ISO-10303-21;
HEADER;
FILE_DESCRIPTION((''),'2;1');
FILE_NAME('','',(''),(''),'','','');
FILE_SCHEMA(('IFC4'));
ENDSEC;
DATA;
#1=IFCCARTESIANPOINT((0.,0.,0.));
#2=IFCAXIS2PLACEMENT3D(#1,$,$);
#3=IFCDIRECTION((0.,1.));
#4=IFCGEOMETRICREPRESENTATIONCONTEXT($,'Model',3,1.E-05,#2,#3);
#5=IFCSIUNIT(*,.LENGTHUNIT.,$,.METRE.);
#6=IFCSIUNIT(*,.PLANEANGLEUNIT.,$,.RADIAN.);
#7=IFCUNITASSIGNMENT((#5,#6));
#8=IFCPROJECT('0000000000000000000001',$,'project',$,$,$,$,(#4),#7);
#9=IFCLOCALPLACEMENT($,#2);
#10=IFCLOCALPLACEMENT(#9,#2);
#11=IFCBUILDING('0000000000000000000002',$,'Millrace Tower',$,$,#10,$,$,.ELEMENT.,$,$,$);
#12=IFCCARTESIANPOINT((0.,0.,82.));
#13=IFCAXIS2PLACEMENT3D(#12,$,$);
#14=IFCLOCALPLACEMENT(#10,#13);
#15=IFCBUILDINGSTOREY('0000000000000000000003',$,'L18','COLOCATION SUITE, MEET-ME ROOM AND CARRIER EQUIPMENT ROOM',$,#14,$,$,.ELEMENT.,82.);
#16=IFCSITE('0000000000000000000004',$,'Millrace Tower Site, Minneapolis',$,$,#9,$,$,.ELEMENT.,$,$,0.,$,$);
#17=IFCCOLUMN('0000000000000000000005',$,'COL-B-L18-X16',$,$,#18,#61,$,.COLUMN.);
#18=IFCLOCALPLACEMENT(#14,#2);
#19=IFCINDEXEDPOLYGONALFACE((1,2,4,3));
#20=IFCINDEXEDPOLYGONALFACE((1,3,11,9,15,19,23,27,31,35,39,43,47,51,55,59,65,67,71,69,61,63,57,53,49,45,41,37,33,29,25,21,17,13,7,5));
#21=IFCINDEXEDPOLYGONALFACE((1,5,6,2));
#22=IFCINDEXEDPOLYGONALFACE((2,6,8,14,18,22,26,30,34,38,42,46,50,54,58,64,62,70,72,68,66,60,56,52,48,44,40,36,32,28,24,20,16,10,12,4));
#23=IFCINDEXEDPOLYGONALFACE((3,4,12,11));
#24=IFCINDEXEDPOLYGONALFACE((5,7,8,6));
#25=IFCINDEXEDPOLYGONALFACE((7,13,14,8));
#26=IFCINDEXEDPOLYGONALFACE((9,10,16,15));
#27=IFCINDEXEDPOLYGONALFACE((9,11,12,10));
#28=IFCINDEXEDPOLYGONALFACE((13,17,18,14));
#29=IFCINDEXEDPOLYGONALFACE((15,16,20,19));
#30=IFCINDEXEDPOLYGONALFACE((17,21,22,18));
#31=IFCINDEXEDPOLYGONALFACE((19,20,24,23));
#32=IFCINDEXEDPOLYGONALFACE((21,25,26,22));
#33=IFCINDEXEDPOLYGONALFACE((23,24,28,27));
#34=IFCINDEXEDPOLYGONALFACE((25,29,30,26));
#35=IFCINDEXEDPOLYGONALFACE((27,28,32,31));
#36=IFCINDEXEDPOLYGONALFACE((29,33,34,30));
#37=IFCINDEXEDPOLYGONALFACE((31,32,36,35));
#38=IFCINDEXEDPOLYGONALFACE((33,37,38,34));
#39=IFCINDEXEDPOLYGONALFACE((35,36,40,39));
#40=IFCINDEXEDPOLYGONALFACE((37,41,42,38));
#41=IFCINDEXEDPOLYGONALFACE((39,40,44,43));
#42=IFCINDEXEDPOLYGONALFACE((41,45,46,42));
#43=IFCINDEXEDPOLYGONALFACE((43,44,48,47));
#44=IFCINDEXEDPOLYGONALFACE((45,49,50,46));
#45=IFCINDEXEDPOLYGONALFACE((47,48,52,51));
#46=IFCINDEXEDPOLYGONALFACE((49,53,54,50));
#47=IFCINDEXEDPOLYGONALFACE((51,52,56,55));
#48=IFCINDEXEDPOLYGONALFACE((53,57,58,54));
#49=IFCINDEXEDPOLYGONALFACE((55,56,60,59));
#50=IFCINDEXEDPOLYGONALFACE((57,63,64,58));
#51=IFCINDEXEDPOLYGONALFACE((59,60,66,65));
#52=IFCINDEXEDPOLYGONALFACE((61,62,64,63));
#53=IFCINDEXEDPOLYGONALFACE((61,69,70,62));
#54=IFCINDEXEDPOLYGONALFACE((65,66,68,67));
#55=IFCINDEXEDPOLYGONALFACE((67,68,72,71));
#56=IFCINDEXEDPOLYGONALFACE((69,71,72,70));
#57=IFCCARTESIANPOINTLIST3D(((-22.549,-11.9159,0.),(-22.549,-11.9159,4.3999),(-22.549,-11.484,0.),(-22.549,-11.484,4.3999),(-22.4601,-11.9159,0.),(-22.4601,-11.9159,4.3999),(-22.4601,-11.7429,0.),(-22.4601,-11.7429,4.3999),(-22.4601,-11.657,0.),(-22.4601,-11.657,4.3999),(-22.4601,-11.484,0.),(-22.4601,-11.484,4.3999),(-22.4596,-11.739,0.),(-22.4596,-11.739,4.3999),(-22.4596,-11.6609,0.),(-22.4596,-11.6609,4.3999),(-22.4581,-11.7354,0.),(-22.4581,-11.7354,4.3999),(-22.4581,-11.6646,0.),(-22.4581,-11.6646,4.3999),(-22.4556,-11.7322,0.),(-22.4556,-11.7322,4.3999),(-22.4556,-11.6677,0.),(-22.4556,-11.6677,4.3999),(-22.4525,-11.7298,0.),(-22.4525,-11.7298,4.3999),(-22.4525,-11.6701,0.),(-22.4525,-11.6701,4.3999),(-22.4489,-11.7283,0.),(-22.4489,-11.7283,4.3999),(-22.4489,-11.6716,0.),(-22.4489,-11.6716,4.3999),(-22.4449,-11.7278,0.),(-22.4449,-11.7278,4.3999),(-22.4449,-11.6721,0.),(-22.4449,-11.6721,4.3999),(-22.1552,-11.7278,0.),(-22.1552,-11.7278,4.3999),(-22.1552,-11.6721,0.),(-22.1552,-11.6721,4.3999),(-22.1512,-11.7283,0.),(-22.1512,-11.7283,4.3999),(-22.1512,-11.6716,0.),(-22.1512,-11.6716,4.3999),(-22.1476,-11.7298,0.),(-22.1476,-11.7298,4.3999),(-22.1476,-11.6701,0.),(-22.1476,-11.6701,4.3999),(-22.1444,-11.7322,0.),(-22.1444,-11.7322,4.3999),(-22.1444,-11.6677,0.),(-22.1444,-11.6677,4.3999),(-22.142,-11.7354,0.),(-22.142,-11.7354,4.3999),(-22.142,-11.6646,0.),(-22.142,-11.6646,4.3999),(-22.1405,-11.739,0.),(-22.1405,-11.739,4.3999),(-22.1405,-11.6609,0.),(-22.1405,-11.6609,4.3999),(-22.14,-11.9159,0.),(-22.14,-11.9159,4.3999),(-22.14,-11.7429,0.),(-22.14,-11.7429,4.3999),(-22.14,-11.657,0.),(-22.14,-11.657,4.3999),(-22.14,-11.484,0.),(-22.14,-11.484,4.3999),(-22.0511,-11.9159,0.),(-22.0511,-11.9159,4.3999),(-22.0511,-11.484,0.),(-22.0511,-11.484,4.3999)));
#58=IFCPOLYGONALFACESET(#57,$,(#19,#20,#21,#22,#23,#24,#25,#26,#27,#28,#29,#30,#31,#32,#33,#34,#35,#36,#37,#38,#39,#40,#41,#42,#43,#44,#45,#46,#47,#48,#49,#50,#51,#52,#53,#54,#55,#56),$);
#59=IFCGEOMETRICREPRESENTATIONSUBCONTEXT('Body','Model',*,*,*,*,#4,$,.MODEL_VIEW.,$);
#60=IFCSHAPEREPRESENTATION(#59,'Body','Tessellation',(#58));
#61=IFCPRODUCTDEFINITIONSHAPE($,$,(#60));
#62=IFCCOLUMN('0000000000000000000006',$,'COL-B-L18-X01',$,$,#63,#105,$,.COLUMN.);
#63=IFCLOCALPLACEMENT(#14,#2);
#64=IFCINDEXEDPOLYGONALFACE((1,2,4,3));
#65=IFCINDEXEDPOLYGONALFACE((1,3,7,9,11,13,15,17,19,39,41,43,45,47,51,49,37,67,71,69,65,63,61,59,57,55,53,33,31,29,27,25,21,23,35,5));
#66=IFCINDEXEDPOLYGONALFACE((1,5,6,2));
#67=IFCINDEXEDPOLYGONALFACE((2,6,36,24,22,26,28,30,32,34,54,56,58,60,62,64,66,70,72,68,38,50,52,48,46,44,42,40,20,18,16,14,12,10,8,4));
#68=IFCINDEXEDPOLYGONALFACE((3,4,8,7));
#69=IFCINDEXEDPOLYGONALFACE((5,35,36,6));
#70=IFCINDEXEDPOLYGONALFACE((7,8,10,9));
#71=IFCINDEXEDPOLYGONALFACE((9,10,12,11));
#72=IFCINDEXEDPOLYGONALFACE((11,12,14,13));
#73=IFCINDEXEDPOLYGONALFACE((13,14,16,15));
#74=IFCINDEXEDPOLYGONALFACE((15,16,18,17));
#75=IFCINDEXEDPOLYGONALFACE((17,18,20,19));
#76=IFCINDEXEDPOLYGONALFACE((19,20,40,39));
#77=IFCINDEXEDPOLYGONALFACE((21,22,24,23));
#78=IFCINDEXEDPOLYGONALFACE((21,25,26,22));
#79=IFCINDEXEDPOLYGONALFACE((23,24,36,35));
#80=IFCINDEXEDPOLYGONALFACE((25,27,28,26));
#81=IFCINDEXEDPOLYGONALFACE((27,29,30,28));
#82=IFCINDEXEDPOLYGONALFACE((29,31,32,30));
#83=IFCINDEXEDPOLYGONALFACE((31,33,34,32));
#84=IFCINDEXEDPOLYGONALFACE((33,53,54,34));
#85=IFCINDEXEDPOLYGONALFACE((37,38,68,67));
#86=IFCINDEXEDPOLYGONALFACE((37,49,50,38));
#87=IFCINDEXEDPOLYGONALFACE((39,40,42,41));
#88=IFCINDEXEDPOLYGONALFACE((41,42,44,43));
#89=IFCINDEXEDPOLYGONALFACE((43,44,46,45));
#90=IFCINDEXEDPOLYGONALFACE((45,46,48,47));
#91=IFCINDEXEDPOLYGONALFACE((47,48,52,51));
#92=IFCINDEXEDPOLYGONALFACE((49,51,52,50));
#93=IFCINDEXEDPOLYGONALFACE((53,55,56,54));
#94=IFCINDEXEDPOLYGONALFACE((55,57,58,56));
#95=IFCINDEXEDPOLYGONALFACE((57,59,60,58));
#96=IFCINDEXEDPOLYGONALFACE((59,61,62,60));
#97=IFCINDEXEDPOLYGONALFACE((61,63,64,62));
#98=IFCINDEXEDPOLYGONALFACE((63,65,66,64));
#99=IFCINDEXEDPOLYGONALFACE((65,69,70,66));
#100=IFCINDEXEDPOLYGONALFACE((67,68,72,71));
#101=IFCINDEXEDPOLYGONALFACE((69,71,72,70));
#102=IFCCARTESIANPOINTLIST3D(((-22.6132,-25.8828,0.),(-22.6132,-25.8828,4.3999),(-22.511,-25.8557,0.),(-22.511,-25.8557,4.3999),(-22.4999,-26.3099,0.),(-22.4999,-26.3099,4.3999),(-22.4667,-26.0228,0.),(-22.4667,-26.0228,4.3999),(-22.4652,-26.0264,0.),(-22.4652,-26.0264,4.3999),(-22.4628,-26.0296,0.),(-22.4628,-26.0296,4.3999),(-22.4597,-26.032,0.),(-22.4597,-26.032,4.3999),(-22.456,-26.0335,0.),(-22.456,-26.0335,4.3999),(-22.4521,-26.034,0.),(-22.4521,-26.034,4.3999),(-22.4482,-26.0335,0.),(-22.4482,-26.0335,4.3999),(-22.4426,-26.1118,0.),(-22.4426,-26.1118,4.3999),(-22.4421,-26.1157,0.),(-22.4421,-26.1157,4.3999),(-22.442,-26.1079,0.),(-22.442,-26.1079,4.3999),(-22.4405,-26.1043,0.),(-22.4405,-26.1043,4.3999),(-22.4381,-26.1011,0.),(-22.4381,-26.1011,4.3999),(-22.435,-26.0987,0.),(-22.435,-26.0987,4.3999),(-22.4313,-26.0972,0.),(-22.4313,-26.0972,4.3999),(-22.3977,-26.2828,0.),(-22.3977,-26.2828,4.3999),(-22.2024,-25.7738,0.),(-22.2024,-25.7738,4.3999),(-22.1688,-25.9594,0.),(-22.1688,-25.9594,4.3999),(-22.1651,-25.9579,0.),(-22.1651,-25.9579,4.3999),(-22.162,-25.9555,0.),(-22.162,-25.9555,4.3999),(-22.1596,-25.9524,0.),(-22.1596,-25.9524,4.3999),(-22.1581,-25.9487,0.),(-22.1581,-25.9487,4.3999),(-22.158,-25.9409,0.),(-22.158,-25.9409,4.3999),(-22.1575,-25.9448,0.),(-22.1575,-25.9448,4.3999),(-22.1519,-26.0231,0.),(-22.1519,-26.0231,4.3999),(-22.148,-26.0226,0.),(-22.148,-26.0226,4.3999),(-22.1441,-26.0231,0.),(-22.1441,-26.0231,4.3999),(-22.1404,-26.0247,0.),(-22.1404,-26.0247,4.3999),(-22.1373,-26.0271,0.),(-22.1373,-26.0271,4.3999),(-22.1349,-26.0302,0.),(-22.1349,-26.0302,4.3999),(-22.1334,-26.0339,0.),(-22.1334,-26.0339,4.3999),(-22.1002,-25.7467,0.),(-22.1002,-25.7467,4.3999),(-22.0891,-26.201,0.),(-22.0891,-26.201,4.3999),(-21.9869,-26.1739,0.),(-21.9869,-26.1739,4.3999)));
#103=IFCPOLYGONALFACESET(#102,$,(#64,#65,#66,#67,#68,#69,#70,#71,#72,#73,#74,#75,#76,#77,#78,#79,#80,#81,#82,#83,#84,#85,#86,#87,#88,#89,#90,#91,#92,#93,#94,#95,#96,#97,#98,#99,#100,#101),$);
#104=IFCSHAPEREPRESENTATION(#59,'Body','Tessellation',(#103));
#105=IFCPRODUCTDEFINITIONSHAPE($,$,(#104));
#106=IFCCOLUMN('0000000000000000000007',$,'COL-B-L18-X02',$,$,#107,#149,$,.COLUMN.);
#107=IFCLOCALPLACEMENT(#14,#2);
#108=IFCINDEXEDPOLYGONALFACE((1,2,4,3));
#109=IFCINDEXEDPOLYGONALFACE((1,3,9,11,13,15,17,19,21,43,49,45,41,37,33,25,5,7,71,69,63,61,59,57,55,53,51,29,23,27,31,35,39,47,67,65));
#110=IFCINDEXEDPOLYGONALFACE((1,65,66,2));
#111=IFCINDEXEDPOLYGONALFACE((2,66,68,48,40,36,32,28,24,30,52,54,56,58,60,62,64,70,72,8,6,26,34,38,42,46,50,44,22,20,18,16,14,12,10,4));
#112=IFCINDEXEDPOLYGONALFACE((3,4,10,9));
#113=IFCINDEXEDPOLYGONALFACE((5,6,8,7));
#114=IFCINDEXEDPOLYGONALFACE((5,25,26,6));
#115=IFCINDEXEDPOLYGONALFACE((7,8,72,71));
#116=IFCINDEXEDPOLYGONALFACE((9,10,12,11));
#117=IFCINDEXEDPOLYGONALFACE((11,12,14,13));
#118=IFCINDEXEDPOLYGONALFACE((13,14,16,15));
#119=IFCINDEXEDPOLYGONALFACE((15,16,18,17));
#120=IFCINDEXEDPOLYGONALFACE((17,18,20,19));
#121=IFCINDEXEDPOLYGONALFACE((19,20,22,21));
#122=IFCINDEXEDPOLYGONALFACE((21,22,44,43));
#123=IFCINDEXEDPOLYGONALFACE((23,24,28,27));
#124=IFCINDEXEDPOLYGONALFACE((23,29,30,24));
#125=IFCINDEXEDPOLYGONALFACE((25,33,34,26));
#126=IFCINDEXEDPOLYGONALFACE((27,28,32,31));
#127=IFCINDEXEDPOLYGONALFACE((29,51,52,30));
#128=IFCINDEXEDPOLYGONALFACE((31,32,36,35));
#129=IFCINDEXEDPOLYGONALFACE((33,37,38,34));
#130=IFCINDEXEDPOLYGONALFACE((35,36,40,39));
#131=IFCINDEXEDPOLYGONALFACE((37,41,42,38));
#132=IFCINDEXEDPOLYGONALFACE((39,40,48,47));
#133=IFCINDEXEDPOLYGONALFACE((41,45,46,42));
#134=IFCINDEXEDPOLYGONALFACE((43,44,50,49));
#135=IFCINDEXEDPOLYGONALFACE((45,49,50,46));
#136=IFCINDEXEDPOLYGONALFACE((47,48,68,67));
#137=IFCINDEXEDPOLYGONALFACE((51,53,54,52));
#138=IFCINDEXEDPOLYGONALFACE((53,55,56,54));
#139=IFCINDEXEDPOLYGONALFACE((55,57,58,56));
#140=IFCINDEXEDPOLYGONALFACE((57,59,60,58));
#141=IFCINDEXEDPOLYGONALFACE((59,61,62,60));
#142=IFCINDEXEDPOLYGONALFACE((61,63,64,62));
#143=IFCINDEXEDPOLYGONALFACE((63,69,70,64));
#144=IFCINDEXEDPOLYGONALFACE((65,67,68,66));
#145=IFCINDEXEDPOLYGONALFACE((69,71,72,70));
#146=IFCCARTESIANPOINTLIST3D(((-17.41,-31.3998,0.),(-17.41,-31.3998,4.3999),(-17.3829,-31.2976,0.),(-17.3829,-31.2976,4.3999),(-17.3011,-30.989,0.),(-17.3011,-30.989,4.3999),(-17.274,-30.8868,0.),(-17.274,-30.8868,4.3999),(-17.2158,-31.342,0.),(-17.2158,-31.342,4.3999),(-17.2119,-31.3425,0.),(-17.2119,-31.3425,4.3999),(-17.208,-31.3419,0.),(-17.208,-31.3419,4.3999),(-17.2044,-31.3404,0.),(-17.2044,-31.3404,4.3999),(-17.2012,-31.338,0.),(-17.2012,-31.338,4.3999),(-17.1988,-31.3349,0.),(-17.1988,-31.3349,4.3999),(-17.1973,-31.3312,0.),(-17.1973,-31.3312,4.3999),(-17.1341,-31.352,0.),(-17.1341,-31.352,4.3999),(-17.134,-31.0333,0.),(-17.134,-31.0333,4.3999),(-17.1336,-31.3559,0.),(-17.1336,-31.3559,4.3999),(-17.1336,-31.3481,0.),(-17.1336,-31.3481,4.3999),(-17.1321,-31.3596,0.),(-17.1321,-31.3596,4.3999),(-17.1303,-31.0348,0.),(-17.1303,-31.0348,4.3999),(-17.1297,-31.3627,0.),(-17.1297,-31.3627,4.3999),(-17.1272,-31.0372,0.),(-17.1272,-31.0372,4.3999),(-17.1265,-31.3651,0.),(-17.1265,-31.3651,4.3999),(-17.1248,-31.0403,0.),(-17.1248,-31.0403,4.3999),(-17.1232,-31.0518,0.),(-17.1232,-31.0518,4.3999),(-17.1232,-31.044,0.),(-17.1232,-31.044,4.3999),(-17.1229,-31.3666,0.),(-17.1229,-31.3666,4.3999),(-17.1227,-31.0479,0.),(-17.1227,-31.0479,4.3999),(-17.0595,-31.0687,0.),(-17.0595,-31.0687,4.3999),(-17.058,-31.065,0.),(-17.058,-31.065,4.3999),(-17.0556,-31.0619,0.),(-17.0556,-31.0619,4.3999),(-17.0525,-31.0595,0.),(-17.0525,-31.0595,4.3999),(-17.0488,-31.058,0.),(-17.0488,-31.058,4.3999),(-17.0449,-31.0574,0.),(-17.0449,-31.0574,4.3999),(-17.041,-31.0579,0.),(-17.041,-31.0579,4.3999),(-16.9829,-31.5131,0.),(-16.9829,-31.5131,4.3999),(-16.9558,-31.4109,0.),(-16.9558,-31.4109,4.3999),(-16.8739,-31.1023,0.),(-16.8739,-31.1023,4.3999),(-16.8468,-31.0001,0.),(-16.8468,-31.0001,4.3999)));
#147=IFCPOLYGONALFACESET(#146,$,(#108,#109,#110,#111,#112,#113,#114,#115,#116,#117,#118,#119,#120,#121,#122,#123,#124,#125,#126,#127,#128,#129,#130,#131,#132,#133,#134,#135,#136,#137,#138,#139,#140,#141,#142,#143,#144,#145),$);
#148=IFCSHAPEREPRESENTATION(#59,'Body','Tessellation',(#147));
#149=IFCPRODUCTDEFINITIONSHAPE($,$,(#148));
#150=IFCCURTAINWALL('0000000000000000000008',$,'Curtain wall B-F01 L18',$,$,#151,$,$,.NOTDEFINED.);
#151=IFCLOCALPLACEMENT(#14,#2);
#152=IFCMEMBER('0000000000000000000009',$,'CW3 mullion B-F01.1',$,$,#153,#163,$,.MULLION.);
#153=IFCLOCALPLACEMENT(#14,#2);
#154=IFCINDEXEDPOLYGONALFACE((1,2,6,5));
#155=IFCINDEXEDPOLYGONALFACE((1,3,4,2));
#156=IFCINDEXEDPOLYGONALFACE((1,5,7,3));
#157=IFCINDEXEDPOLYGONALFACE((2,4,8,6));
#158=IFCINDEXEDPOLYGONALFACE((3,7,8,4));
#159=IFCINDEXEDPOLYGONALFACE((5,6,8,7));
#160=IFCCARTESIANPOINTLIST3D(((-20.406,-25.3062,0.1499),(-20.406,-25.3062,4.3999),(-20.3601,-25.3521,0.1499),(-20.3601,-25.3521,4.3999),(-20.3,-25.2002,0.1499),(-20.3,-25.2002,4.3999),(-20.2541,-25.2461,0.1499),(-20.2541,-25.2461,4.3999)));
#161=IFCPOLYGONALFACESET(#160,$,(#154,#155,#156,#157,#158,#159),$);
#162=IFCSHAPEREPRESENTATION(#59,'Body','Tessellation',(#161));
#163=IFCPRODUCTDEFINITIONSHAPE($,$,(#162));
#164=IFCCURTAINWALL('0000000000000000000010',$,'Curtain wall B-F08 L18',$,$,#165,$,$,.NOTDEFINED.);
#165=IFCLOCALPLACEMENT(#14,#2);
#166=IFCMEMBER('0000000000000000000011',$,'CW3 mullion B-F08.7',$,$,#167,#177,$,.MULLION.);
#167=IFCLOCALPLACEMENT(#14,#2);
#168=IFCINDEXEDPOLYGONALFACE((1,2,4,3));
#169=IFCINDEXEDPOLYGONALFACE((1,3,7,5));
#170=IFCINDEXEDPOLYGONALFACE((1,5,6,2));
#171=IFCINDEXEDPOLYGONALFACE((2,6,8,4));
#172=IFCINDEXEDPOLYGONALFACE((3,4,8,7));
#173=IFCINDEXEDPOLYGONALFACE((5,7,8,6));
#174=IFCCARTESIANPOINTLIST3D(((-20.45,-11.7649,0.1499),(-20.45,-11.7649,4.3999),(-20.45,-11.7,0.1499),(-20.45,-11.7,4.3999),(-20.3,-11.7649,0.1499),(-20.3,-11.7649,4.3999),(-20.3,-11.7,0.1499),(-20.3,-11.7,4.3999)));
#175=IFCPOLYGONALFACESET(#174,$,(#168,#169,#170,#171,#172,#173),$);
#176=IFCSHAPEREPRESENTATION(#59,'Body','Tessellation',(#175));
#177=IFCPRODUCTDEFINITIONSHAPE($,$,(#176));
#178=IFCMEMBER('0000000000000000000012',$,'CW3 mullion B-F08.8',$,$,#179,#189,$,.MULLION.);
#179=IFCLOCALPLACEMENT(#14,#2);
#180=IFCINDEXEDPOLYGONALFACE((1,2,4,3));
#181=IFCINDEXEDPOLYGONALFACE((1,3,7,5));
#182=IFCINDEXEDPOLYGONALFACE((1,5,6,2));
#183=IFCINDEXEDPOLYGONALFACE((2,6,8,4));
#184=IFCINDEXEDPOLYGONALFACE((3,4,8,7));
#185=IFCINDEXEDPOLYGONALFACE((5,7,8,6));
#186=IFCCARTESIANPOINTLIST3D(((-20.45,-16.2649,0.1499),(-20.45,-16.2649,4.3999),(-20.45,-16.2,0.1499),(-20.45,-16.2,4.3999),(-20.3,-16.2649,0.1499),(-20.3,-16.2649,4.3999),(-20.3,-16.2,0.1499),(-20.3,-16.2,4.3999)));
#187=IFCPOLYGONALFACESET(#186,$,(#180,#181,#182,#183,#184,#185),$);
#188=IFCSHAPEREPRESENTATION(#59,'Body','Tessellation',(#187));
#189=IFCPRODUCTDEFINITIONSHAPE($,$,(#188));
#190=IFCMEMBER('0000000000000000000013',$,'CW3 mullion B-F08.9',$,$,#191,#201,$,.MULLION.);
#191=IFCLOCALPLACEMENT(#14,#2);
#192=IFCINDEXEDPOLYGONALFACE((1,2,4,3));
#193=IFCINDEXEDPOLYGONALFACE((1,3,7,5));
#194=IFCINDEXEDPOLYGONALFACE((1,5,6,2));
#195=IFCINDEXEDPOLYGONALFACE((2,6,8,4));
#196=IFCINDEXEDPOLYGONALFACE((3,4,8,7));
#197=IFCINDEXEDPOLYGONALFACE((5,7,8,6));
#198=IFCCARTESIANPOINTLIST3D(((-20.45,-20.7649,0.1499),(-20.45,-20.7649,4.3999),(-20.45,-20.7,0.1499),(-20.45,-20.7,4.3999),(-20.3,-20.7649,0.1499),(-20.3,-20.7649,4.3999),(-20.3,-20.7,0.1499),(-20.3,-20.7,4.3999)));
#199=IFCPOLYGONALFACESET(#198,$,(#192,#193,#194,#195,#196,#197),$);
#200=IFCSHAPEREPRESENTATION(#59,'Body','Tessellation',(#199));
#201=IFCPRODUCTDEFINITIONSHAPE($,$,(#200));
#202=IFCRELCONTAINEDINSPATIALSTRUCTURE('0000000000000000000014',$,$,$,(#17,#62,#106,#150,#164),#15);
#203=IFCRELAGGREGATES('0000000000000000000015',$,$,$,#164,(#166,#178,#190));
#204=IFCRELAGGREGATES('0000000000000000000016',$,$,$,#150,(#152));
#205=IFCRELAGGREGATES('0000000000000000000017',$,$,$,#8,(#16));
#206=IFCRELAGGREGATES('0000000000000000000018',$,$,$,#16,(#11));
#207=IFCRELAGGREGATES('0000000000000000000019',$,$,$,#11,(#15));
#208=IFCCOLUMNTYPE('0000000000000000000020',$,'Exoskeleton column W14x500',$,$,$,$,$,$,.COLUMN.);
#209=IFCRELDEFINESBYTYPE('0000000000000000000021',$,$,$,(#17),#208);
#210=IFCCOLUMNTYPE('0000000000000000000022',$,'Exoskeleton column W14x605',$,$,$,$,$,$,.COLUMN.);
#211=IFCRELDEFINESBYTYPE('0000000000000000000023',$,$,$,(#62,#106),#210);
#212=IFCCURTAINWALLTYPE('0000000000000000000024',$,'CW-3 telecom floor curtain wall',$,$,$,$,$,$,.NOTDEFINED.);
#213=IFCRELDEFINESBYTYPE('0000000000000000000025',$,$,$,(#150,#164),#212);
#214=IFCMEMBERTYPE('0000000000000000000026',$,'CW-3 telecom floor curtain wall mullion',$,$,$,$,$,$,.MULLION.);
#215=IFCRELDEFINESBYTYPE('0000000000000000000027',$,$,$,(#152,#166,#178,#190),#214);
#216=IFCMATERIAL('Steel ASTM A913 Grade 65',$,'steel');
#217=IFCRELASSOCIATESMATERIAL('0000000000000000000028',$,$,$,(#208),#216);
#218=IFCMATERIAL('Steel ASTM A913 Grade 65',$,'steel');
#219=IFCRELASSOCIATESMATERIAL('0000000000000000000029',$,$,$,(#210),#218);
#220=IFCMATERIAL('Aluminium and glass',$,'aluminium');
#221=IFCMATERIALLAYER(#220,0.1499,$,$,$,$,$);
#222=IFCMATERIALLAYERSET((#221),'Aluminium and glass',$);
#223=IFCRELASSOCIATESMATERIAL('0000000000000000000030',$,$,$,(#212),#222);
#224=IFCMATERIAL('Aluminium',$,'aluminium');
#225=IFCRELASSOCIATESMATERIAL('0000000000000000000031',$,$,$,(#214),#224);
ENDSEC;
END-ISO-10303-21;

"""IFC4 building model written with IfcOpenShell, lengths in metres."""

from ifc_helpers import new_model, si_unit, direction, frame, origin, origin_2d, place, context, subcontext, project, spatial, rectangle, i_section, extrude, material, layer, layer_set, material_profile, profile_set, type_object, element, aggregate, save


model = new_model("IFC4")

# Units and contexts
model_context = context("Model", 3, precision=1e-05, world=origin(), true_north=direction((0.0, 1.0)))
body_context = subcontext(model_context, "Body", "Model", "MODEL_VIEW")
ifc_project = project(units=[si_unit("LENGTHUNIT", "METRE"), si_unit("PLANEANGLEUNIT", "RADIAN")], contexts=[model_context])

# Site, building, storey
site_placement = place(None, origin())
site = spatial("IfcSite", under=ifc_project, at=site_placement, Name="Millrace Tower Site, Minneapolis", CompositionType="ELEMENT", RefElevation=0.0)
building_placement = place(site_placement, origin())
building = spatial("IfcBuilding", under=site, at=building_placement, Name="Millrace Tower", CompositionType="ELEMENT")
storey_placement = place(building_placement, frame((0.0, 0.0, 82.0)))
storey = spatial("IfcBuildingStorey", under=building, at=storey_placement, Name="L18", Description="COLOCATION SUITE, MEET-ME ROOM AND CARRIER EQUIPMENT ROOM", CompositionType="ELEMENT", Elevation=82.0)

# Columns
ifc_material_1 = material(Name="Steel ASTM A913 Grade 65", Category="steel")
ifc_material_profile_1 = material_profile(ifc_material_1, i_section(OverallWidth=0.4319, OverallDepth=0.4978, WebThickness=0.0557, FlangeThickness=0.0889, FilletRadius=0.0151, at=origin_2d()))
ifc_profile_set_1 = profile_set([ifc_material_profile_1], Name="Steel ASTM A913 Grade 65")
column_type_1 = type_object("IfcColumnType", Name="Exoskeleton column W14x500", PredefinedType="COLUMN", material=ifc_profile_set_1)
column_placement = place(storey_placement, frame((-22.3, -11.7, 0.0), z_axis=(0.0, 0.0, 1.0), x_axis=(0.0, -1.0, 0.0)))
element("IfcColumn", 1, at=column_placement, inside=storey, type_object=column_type_1, Name="COL-B-L18-X16", PredefinedType="COLUMN", context=body_context, shape_type="SweptSolid", body=[
    extrude(i_section(OverallWidth=0.4319, OverallDepth=0.4978, WebThickness=0.0557, FlangeThickness=0.0889, FilletRadius=0.0151, at=origin_2d()), origin(), (0.0, 0.0, 1.0), 4.3999),
])
ifc_material_2 = material(Name="Steel ASTM A913 Grade 65", Category="steel")
ifc_material_profile_2 = material_profile(ifc_material_2, i_section(OverallWidth=0.4419, OverallDepth=0.5308, WebThickness=0.0659, FlangeThickness=0.1057, FilletRadius=0.0151, at=origin_2d()))
ifc_profile_set_2 = profile_set([ifc_material_profile_2], Name="Steel ASTM A913 Grade 65")
column_type_2 = type_object("IfcColumnType", Name="Exoskeleton column W14x605", PredefinedType="COLUMN", material=ifc_profile_set_2)
for number, where, z_axis, x_axis, name in (
    (2, (-22.3, -26.0283, 0.0), (0.0, 0.0, 1.0), (0.256347, -0.966585, 0.0), "COL-B-L18-X01"),
    (3, (-17.1284, -31.2, 0.0), (0.0, 0.0, 1.0), (0.966585, -0.256347, 0.0), "COL-B-L18-X02"),
):
    element("IfcColumn", number, at=place(storey_placement, frame(where, z_axis=z_axis, x_axis=x_axis)), inside=storey, type_object=column_type_2, Name=name, PredefinedType="COLUMN", context=body_context, shape_type="SweptSolid", body=[
        extrude(i_section(OverallWidth=0.4419, OverallDepth=0.5308, WebThickness=0.0659, FlangeThickness=0.1057, FilletRadius=0.0151, at=origin_2d()), origin(), (0.0, 0.0, 1.0), 4.3999),
    ])

# Curtain wall, member
ifc_material_3 = material(Name="Aluminium and glass", Category="aluminium")
ifc_layer_1 = layer(ifc_material_3, 0.1499)
ifc_layer_set_1 = layer_set([ifc_layer_1], Name="Aluminium and glass")
curtain_wall_type = type_object("IfcCurtainWallType", Name="CW-3 telecom floor curtain wall", PredefinedType="NOTDEFINED", material=ifc_layer_set_1)
placement = place(storey_placement, origin())
curtain_wall_1 = element("IfcCurtainWall", 4, at=placement, inside=storey, type_object=curtain_wall_type, Name="Curtain wall B-F01 L18", PredefinedType="NOTDEFINED")
ifc_material_4 = material(Name="Aluminium", Category="aluminium")
ifc_material_profile_3 = material_profile(ifc_material_4, rectangle(XDim=0.0649, YDim=0.1499, at=origin_2d()))
ifc_profile_set_3 = profile_set([ifc_material_profile_3], Name="Aluminium")
member_type_1 = type_object("IfcMemberType", Name="CW-3 telecom floor curtain wall mullion", PredefinedType="MULLION", material=ifc_profile_set_3)
member_1_placement = place(storey_placement, frame((-20.3301, -25.2761, 0.1499), z_axis=(0.0, 0.0, 1.0), x_axis=(0.707107, -0.707107, 0.0)))
member_1 = element("IfcMember", 5, at=member_1_placement, type_object=member_type_1, Name="CW3 mullion B-F01.1", PredefinedType="MULLION", context=body_context, shape_type="SweptSolid", body=[
    extrude(rectangle(XDim=0.0649, YDim=0.1499, at=origin_2d()), origin(), (0.0, 0.0, 1.0), 4.25),
])

# Curtain wall, members
curtain_wall_2 = element("IfcCurtainWall", 6, at=placement, inside=storey, type_object=curtain_wall_type, Name="Curtain wall B-F08 L18", PredefinedType="NOTDEFINED")
member_2_placement = place(storey_placement, frame((-20.375, -11.7324, 0.1499), z_axis=(0.0, 0.0, 1.0), x_axis=(0.0, -1.0, 0.0)))
member_2 = element("IfcMember", 7, at=member_2_placement, type_object=member_type_1, Name="CW3 mullion B-F08.7", PredefinedType="MULLION", context=body_context, shape_type="SweptSolid", body=[
    extrude(rectangle(XDim=0.0649, YDim=0.1499, at=origin_2d()), origin(), (0.0, 0.0, 1.0), 4.25),
])
member_3_placement = place(storey_placement, frame((-20.375, -16.2324, 0.1499), z_axis=(0.0, 0.0, 1.0), x_axis=(0.0, -1.0, 0.0)))
member_3 = element("IfcMember", 8, at=member_3_placement, type_object=member_type_1, Name="CW3 mullion B-F08.8", PredefinedType="MULLION", context=body_context, shape_type="SweptSolid", body=[
    extrude(rectangle(XDim=0.0649, YDim=0.1499, at=origin_2d()), origin(), (0.0, 0.0, 1.0), 4.25),
])
member_4_placement = place(storey_placement, frame((-20.375, -20.7324, 0.1499), z_axis=(0.0, 0.0, 1.0), x_axis=(0.0, -1.0, 0.0)))
member_4 = element("IfcMember", 9, at=member_4_placement, type_object=member_type_1, Name="CW3 mullion B-F08.9", PredefinedType="MULLION", context=body_context, shape_type="SweptSolid", body=[
    extrude(rectangle(XDim=0.0649, YDim=0.1499, at=origin_2d()), origin(), (0.0, 0.0, 1.0), 4.25),
])
aggregate(curtain_wall_2, [member_2, member_3, member_4])

aggregate(curtain_wall_1, [member_1])

save(model, "model.ifc")
